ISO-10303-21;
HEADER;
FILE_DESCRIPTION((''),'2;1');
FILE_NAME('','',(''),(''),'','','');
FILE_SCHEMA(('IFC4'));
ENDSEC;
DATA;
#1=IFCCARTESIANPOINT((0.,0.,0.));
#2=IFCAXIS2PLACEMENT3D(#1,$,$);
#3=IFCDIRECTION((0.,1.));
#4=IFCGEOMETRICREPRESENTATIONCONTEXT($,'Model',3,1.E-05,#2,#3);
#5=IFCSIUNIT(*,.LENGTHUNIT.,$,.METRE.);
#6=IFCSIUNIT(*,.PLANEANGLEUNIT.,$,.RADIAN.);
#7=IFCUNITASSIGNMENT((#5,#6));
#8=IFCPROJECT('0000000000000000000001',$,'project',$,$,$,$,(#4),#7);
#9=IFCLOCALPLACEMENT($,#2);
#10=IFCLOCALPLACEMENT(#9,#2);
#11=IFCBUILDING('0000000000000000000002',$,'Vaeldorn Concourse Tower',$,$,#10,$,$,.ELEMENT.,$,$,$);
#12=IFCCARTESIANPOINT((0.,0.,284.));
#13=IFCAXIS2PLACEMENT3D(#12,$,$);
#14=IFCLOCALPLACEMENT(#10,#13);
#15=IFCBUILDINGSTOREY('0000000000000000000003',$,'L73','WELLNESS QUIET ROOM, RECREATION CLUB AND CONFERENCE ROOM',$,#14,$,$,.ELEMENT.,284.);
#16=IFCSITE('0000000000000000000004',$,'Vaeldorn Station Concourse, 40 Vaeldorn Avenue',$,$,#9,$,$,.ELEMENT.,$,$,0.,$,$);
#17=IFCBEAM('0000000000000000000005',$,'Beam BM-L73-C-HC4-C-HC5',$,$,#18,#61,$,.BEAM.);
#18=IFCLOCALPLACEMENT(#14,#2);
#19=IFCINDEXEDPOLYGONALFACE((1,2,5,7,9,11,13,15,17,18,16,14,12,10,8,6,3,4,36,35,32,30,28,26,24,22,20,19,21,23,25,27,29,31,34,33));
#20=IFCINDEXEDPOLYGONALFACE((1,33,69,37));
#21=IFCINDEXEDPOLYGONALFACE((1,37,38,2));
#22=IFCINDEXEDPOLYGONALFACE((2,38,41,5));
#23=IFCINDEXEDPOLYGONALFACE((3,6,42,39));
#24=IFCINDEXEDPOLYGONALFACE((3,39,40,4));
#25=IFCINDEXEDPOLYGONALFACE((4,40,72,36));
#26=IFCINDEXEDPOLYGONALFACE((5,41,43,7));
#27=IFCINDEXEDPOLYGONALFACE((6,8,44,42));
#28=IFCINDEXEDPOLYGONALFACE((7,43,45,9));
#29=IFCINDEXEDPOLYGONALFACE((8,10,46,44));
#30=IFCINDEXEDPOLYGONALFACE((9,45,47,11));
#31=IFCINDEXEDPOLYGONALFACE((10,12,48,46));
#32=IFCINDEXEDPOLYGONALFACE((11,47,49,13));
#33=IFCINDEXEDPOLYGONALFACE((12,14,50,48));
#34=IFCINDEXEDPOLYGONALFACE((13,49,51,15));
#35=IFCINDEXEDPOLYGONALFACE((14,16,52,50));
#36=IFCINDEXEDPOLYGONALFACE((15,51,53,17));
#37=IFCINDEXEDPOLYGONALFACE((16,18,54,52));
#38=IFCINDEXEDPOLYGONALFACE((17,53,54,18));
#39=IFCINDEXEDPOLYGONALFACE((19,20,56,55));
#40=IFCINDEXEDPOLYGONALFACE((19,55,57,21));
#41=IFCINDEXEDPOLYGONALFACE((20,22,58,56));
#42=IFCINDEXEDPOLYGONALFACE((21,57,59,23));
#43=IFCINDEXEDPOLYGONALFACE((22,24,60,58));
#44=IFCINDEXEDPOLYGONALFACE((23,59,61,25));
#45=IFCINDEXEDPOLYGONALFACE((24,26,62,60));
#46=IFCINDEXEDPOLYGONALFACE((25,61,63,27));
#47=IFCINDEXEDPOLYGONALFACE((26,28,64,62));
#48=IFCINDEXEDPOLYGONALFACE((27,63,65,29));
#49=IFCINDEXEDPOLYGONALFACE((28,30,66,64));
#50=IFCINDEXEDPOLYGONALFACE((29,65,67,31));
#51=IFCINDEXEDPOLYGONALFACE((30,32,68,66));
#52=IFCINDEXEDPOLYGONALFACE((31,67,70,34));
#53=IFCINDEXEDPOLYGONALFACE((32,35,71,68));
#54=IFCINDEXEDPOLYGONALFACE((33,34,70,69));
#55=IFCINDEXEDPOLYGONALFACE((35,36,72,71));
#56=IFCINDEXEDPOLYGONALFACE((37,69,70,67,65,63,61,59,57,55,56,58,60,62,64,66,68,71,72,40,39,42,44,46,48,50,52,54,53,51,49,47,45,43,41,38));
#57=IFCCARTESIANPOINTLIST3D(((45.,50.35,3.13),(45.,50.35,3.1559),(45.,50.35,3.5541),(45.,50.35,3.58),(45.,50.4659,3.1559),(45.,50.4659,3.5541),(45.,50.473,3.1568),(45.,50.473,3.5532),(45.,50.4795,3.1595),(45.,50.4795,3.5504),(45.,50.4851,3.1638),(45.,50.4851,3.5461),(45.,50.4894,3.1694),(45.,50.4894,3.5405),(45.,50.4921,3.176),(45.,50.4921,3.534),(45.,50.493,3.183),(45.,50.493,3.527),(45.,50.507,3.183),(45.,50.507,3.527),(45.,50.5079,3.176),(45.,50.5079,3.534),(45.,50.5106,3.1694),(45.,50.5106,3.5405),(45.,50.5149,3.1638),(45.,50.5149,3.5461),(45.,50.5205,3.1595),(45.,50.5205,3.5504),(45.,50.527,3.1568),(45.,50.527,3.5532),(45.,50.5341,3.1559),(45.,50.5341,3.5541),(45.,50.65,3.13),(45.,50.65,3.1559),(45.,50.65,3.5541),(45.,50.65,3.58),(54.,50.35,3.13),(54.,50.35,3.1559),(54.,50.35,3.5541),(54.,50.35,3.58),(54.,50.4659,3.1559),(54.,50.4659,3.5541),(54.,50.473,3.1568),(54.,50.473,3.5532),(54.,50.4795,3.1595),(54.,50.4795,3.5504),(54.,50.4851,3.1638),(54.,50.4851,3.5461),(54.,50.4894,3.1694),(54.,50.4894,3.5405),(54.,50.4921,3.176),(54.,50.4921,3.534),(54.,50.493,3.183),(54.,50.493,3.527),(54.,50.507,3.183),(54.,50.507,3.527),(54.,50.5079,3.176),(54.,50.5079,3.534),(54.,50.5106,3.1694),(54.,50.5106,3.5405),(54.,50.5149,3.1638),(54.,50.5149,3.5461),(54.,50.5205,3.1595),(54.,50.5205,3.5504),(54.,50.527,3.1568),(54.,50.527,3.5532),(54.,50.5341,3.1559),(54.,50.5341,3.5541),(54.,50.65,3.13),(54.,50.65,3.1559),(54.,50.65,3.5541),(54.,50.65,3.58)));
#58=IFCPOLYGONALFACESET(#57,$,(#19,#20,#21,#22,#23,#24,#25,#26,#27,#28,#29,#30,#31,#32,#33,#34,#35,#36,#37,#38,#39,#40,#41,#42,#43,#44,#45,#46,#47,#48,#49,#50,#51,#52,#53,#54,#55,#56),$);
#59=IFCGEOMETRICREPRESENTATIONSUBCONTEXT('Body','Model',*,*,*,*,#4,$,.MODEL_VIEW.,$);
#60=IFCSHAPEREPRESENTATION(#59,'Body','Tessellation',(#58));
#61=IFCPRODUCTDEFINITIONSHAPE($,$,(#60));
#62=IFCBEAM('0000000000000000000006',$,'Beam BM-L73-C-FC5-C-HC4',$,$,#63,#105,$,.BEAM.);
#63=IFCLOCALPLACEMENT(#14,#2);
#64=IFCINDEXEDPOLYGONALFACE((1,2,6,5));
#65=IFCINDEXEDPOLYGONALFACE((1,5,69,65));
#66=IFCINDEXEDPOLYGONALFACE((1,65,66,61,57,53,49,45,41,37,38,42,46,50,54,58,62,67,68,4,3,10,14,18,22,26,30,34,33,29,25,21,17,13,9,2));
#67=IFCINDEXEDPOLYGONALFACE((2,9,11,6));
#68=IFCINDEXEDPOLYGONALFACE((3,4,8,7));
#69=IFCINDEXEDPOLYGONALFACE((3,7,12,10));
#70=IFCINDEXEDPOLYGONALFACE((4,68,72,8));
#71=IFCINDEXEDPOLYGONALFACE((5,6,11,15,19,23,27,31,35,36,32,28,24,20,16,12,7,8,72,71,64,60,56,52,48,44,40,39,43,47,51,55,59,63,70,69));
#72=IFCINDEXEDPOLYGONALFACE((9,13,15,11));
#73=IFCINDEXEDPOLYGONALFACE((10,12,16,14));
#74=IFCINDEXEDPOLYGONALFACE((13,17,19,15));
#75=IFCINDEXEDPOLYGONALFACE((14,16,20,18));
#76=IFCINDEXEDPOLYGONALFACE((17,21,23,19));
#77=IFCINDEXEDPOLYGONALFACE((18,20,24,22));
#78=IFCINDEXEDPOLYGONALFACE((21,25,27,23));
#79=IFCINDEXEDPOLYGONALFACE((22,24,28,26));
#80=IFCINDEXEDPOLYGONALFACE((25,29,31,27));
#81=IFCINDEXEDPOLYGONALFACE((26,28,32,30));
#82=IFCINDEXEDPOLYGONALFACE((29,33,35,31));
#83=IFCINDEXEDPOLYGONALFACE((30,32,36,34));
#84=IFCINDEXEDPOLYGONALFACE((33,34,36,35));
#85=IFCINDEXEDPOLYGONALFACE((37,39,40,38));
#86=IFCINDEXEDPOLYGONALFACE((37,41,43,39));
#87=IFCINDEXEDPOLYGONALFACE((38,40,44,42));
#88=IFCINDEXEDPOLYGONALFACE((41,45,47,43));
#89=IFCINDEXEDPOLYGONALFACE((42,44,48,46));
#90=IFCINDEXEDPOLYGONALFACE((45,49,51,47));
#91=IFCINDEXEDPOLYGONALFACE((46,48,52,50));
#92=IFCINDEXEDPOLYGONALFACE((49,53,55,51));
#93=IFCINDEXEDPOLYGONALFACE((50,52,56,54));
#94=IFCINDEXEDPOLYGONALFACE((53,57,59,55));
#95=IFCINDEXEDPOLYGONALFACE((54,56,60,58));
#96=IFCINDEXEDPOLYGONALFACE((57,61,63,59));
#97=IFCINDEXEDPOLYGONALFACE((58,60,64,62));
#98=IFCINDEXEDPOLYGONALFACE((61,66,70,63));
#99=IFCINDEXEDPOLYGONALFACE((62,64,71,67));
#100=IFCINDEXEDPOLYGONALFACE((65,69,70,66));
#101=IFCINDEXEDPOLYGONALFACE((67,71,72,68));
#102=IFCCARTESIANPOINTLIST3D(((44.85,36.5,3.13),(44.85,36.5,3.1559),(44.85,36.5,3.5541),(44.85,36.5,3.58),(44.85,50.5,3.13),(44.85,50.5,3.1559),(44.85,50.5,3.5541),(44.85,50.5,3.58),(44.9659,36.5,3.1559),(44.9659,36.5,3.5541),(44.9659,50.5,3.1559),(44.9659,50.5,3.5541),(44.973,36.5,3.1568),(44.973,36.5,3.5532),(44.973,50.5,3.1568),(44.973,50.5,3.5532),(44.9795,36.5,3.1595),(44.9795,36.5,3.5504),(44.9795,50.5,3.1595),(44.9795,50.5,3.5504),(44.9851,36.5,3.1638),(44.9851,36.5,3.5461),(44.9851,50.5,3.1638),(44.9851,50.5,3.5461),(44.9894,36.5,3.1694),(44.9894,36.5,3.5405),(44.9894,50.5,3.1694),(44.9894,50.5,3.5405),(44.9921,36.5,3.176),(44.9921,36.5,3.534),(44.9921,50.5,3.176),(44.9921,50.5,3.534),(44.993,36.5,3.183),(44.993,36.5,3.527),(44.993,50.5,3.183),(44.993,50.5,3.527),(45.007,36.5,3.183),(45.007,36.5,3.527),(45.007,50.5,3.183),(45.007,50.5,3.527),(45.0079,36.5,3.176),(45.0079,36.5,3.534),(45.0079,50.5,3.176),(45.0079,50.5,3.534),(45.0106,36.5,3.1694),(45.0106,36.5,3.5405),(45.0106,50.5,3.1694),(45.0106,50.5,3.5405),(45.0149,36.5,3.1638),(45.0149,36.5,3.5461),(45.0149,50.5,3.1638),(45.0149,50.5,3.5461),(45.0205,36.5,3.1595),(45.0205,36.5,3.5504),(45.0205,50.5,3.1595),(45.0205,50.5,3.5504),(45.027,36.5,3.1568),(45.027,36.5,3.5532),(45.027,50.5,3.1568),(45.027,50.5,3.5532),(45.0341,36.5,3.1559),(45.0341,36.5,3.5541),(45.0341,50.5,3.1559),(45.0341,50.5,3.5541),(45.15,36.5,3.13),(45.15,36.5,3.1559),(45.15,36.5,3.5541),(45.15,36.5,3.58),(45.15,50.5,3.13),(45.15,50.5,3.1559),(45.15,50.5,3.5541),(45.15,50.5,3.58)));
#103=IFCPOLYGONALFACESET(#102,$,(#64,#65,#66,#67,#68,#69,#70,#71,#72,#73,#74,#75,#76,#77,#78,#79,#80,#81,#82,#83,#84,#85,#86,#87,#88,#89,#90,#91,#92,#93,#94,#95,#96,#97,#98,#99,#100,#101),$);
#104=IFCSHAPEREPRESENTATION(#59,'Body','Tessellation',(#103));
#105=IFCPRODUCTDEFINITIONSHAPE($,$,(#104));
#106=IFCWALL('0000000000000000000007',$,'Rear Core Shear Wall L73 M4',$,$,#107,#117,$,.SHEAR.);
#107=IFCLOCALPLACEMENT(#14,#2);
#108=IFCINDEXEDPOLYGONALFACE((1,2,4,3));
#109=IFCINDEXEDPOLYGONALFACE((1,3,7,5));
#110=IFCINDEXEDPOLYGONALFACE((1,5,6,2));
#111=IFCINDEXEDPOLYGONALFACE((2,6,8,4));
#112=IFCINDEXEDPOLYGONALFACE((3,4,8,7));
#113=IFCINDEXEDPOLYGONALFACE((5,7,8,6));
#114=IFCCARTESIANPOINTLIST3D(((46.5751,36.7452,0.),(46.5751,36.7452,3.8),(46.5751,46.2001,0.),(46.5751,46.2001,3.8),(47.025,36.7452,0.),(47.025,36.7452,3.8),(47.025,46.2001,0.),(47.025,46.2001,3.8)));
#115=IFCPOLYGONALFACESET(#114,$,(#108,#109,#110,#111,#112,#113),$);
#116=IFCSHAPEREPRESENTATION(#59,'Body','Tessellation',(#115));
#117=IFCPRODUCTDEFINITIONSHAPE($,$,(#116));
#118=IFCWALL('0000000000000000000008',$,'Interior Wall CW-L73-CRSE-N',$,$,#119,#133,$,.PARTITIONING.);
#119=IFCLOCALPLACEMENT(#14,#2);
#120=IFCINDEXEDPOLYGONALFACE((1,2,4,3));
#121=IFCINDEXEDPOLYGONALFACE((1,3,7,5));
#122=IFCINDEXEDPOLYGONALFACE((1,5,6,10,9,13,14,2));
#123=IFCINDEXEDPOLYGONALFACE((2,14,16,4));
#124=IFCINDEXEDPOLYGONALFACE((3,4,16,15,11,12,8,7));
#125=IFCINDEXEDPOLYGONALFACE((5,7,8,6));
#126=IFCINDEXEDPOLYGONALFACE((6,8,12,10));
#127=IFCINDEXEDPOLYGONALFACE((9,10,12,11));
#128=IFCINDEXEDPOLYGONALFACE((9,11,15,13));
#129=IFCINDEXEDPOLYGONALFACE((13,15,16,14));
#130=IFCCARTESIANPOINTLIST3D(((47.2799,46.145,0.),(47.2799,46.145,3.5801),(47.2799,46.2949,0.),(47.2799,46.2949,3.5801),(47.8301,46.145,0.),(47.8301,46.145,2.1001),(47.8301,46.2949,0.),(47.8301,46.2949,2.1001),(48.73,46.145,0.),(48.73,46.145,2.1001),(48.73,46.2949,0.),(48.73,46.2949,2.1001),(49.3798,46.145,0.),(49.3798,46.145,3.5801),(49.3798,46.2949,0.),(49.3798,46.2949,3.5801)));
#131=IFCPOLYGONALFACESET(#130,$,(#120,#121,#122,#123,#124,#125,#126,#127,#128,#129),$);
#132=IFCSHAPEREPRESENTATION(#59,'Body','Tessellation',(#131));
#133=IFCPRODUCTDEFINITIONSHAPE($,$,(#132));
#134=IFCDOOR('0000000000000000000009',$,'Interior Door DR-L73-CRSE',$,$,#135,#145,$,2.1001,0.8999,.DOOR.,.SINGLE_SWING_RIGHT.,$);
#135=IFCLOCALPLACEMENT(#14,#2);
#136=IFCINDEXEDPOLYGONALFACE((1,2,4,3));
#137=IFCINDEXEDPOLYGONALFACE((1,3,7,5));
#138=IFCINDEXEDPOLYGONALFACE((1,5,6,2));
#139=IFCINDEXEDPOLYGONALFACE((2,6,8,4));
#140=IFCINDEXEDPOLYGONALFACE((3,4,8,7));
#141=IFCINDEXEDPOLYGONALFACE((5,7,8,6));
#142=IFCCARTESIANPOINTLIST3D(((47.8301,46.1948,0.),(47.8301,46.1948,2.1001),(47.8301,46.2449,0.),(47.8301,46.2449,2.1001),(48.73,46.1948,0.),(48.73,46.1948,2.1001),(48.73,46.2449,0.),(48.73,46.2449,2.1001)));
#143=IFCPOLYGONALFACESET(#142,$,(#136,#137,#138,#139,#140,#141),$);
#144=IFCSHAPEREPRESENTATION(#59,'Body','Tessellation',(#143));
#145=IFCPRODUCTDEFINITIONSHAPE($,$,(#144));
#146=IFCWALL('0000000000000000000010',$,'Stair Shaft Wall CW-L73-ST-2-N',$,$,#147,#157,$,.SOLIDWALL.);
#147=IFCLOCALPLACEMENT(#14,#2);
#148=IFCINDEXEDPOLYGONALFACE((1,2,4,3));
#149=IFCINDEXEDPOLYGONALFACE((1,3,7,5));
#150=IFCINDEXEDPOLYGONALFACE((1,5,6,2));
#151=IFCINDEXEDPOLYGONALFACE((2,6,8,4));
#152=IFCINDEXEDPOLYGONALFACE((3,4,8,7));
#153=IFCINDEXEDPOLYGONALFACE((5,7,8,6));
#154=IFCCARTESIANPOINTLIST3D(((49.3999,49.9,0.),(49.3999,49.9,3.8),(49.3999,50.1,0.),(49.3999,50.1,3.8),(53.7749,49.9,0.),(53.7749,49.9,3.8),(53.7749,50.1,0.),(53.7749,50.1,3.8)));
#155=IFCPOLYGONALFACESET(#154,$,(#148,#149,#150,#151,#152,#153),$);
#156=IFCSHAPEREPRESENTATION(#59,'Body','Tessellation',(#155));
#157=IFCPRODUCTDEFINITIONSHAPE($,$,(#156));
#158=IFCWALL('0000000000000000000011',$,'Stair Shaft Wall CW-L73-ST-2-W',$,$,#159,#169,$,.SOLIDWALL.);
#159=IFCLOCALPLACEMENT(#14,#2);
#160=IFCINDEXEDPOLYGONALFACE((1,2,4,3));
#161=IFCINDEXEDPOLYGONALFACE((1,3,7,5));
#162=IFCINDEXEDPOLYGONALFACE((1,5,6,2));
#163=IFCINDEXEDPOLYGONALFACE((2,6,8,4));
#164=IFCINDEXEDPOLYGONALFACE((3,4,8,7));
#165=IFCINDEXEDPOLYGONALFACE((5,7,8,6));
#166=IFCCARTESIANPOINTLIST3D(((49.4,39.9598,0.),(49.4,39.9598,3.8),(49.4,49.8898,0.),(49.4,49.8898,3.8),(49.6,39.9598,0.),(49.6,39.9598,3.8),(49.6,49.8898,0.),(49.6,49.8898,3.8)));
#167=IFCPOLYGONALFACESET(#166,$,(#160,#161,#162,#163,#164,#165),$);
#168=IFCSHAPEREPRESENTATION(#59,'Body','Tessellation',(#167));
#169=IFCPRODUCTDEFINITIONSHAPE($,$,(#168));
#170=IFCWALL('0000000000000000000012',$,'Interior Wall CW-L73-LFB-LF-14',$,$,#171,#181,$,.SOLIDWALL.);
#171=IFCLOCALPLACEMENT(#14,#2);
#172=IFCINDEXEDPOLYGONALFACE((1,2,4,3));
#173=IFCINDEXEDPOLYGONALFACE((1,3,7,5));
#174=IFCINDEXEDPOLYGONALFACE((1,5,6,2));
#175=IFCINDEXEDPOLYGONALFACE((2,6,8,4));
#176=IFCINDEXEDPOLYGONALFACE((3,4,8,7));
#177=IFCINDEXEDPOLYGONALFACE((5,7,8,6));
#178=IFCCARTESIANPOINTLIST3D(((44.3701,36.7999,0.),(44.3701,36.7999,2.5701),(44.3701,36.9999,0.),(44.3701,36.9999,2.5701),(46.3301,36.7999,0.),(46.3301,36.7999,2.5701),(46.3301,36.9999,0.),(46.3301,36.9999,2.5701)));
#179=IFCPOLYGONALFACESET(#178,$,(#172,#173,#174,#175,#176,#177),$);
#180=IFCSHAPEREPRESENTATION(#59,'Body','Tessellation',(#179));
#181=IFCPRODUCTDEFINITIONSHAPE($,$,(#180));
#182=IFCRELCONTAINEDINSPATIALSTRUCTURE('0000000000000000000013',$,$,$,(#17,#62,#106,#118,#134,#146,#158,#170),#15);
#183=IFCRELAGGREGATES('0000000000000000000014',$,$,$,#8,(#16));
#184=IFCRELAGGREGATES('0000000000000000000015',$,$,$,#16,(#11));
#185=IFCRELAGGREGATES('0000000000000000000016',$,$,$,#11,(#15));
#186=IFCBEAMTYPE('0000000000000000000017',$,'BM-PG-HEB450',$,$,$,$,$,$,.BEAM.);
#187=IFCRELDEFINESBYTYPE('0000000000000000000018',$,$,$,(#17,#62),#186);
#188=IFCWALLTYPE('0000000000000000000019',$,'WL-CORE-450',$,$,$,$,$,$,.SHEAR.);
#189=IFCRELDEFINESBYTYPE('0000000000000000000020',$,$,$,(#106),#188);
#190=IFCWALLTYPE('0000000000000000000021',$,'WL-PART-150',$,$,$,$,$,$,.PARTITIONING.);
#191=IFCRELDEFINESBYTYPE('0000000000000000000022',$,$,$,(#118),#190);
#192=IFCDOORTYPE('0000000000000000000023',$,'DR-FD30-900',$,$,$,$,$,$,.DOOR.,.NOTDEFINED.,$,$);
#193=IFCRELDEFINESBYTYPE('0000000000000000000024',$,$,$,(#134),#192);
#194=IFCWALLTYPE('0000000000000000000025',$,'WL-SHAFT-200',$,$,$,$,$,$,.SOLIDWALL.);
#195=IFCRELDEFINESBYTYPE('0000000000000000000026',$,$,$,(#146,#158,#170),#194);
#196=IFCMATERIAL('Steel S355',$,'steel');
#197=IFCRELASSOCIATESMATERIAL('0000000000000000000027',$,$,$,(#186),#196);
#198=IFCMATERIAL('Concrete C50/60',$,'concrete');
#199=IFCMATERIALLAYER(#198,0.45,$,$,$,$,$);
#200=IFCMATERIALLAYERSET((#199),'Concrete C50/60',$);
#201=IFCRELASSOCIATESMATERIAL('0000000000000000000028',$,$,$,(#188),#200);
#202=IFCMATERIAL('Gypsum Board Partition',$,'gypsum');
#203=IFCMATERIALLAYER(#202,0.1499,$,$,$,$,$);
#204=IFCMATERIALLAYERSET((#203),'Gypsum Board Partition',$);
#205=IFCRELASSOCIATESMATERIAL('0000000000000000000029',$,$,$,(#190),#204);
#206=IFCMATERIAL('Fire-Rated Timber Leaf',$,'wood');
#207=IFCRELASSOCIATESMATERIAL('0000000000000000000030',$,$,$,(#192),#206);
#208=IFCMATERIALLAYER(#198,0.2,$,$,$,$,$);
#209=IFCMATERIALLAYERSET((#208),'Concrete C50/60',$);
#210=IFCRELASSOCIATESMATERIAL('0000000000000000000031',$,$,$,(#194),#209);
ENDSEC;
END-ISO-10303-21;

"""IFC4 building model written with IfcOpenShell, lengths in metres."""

from ifc_helpers import new_model, si_unit, direction, frame, frame_2d, origin, origin_2d, place, context, subcontext, project, spatial, rectangle, i_section, extrude, source, transform, mapped, material, layer, layer_set, material_profile, profile_set, type_object, element, fill, save


model = new_model("IFC4")

# Units and contexts
model_context = context("Model", 3, precision=1e-05, world=origin(), true_north=direction((0.0, 1.0)))
body_context = subcontext(model_context, "Body", "Model", "MODEL_VIEW")
ifc_project = project(units=[si_unit("LENGTHUNIT", "METRE"), si_unit("PLANEANGLEUNIT", "RADIAN")], contexts=[model_context])

# Site, building, storey
site_placement = place(None, origin())
site = spatial("IfcSite", under=ifc_project, at=site_placement, Name="Vaeldorn Station Concourse, 40 Vaeldorn Avenue", CompositionType="ELEMENT", RefElevation=0.0)
building_placement = place(site_placement, origin())
building = spatial("IfcBuilding", under=site, at=building_placement, Name="Vaeldorn Concourse Tower", CompositionType="ELEMENT")
storey_placement = place(building_placement, frame((0.0, 0.0, 284.0)))
storey = spatial("IfcBuildingStorey", under=building, at=storey_placement, Name="L73", Description="WELLNESS QUIET ROOM, RECREATION CLUB AND CONFERENCE ROOM", CompositionType="ELEMENT", Elevation=284.0)

# Shared definitions
ifc_material_1 = material(Name="Steel S355", Category="steel")

# Beams
ifc_material_2 = material(Name="Concrete C50/60", Category="concrete")
ifc_material_profile_1 = material_profile(ifc_material_1, i_section(OverallWidth=0.3, OverallDepth=0.45, WebThickness=0.0139, FlangeThickness=0.0259, FilletRadius=0.0271, at=origin_2d()), Name="HEB 450")
ifc_profile_set_1 = profile_set([ifc_material_profile_1], Name="Steel S355")
beam_type_1 = type_object("IfcBeamType", Name="BM-PG-HEB450", PredefinedType="BEAM", material=ifc_profile_set_1)
shared_shape_1 = source(origin(), body_context, "Body", "SweptSolid", [
    extrude(i_section(OverallWidth=0.3, OverallDepth=0.45, WebThickness=0.0139, FlangeThickness=0.0259, FilletRadius=0.0271, at=origin_2d()), origin(), (0.0, 0.0, 1.0), 9.0),
])
beam_1_placement = place(storey_placement, frame((45.0, 50.5, 3.355), z_axis=(1.0, 0.0, 0.0), x_axis=(0.0, 1.0, 0.0)))
element("IfcBeam", 1, at=beam_1_placement, inside=storey, type_object=beam_type_1, Name="Beam BM-L73-C-HC4-C-HC5", PredefinedType="BEAM", context=body_context, shape_type="MappedRepresentation", body=[
    mapped(shared_shape_1, transform((0.0, 0.0, 0.0), scale=1.0)),
])
shared_shape_2 = source(origin(), body_context, "Body", "SweptSolid", [
    extrude(i_section(OverallWidth=0.3, OverallDepth=0.45, WebThickness=0.0139, FlangeThickness=0.0259, FilletRadius=0.0271, at=origin_2d()), origin(), (0.0, 0.0, 1.0), 14.0),
])
beam_2_placement = place(storey_placement, frame((45.0, 36.5, 3.355), z_axis=(0.0, 1.0, 0.0), x_axis=(-1.0, 0.0, 0.0)))
element("IfcBeam", 2, at=beam_2_placement, inside=storey, type_object=beam_type_1, Name="Beam BM-L73-C-FC5-C-HC4", PredefinedType="BEAM", context=body_context, shape_type="MappedRepresentation", body=[
    mapped(shared_shape_2, transform((0.0, 0.0, 0.0), scale=1.0)),
])

# Wall
ifc_layer_1 = layer(ifc_material_2, 0.45)
ifc_layer_set_1 = layer_set([ifc_layer_1], Name="Concrete C50/60")
wall_type_1 = type_object("IfcWallType", Name="WL-CORE-450", PredefinedType="SHEAR", material=ifc_layer_set_1)
wall_1_placement = place(storey_placement, frame((46.8, 36.7451, 0.0), z_axis=(0.0, 0.0, 1.0), x_axis=(0.0, 1.0, 0.0)))
element("IfcWall", 3, at=wall_1_placement, inside=storey, type_object=wall_type_1, Name="Rear Core Shear Wall L73 M4", PredefinedType="SHEAR", context=body_context, shape_type="SweptSolid", body=[
    extrude(rectangle(XDim=9.4548, YDim=0.45, at=frame_2d((4.7275, 0.0))), origin(), (0.0, 0.0, 1.0), 3.8),
])

# Wall, opening, door
ifc_material_3 = material(Name="Gypsum Board Partition", Category="gypsum")
ifc_layer_2 = layer(ifc_material_3, 0.1499)
ifc_layer_set_2 = layer_set([ifc_layer_2], Name="Gypsum Board Partition")
wall_type_2 = type_object("IfcWallType", Name="WL-PART-150", PredefinedType="PARTITIONING", material=ifc_layer_set_2)
wall_2_placement = place(storey_placement, frame((47.28, 46.22, 0.0), z_axis=(0.0, 0.0, 1.0), x_axis=(1.0, 0.0, 0.0)))
wall_2 = element("IfcWall", 4, at=wall_2_placement, inside=storey, type_object=wall_type_2, Name="Interior Wall CW-L73-CRSE-N", PredefinedType="PARTITIONING", context=body_context, shape_type="SweptSolid", body=[
    extrude(rectangle(XDim=2.0999, YDim=0.1499, at=frame_2d((1.0498, 0.0))), origin(), (0.0, 0.0, 1.0), 3.5801),
])
opening_1_placement = place(wall_2_placement, frame((0.55, 0.0, 0.0)))
opening_1 = element("IfcOpeningElement", 5, at=opening_1_placement, cuts=wall_2, PredefinedType="OPENING", context=body_context, shape_type="SweptSolid", body=[
    extrude(rectangle(XDim=0.8999, YDim=2.1001, at=frame_2d((0.45, 1.05))), frame((0.0, 0.085, 0.0), z_axis=(0.0, -1.0, 0.0), x_axis=(1.0, 0.0, 0.0)), (0.0, 0.0, 1.0), 0.1699),
])
ifc_material_4 = material(Name="Fire-Rated Timber Leaf", Category="wood")
door_type_1 = type_object("IfcDoorType", Name="DR-FD30-900", OperationType="NOTDEFINED", PredefinedType="DOOR", material=ifc_material_4)
shared_shape_3 = source(origin(), body_context, "Body", "SweptSolid", [
    extrude(rectangle(XDim=0.8999, YDim=2.1001, at=frame_2d((0.45, 1.05))), frame((0.0, 0.0249, 0.0), z_axis=(0.0, -1.0, 0.0), x_axis=(1.0, 0.0, 0.0)), (0.0, 0.0, 1.0), 0.05),
])
door_1_placement = place(opening_1_placement, origin())
door_1 = element("IfcDoor", 6, at=door_1_placement, inside=storey, type_object=door_type_1, Name="Interior Door DR-L73-CRSE", OperationType="SINGLE_SWING_RIGHT", OverallHeight=2.1001, OverallWidth=0.8999, PredefinedType="DOOR", context=body_context, shape_type="MappedRepresentation", body=[
    mapped(shared_shape_3, transform((0.0, 0.0, 0.0), scale=1.0)),
])
fill(opening_1, door_1)
ifc_layer_3 = layer(ifc_material_2, 0.2)
ifc_layer_set_3 = layer_set([ifc_layer_3], Name="Concrete C50/60")
wall_type_3 = type_object("IfcWallType", Name="WL-SHAFT-200", PredefinedType="SOLIDWALL", material=ifc_layer_set_3)

# Walls
wall_3_placement = place(storey_placement, frame((49.3999, 50.0, 0.0), z_axis=(0.0, 0.0, 1.0), x_axis=(1.0, 0.0, 0.0)))
element("IfcWall", 7, at=wall_3_placement, inside=storey, type_object=wall_type_3, Name="Stair Shaft Wall CW-L73-ST-2-N", PredefinedType="SOLIDWALL", context=body_context, shape_type="SweptSolid", body=[
    extrude(rectangle(XDim=4.375, YDim=0.2, at=frame_2d((2.1875, 0.0))), origin(), (0.0, 0.0, 1.0), 3.8),
])
wall_4_placement = place(storey_placement, frame((49.5, 39.96, 0.0), z_axis=(0.0, 0.0, 1.0), x_axis=(0.0, 1.0, 0.0)))
element("IfcWall", 8, at=wall_4_placement, inside=storey, type_object=wall_type_3, Name="Stair Shaft Wall CW-L73-ST-2-W", PredefinedType="SOLIDWALL", context=body_context, shape_type="SweptSolid", body=[
    extrude(rectangle(XDim=9.9299, YDim=0.2, at=frame_2d((4.9648, 0.0))), origin(), (0.0, 0.0, 1.0), 3.8),
])

# Wall
wall_5_placement = place(storey_placement, frame((44.3701, 36.8999, 0.0), z_axis=(0.0, 0.0, 1.0), x_axis=(1.0, 0.0, 0.0)))
element("IfcWall", 9, at=wall_5_placement, inside=storey, type_object=wall_type_3, Name="Interior Wall CW-L73-LFB-LF-14", PredefinedType="SOLIDWALL", context=body_context, shape_type="SweptSolid", body=[
    extrude(rectangle(XDim=1.96, YDim=0.2, at=frame_2d((0.98, 0.0))), origin(), (0.0, 0.0, 1.0), 2.5701),
])

save(model, "model.ifc")
